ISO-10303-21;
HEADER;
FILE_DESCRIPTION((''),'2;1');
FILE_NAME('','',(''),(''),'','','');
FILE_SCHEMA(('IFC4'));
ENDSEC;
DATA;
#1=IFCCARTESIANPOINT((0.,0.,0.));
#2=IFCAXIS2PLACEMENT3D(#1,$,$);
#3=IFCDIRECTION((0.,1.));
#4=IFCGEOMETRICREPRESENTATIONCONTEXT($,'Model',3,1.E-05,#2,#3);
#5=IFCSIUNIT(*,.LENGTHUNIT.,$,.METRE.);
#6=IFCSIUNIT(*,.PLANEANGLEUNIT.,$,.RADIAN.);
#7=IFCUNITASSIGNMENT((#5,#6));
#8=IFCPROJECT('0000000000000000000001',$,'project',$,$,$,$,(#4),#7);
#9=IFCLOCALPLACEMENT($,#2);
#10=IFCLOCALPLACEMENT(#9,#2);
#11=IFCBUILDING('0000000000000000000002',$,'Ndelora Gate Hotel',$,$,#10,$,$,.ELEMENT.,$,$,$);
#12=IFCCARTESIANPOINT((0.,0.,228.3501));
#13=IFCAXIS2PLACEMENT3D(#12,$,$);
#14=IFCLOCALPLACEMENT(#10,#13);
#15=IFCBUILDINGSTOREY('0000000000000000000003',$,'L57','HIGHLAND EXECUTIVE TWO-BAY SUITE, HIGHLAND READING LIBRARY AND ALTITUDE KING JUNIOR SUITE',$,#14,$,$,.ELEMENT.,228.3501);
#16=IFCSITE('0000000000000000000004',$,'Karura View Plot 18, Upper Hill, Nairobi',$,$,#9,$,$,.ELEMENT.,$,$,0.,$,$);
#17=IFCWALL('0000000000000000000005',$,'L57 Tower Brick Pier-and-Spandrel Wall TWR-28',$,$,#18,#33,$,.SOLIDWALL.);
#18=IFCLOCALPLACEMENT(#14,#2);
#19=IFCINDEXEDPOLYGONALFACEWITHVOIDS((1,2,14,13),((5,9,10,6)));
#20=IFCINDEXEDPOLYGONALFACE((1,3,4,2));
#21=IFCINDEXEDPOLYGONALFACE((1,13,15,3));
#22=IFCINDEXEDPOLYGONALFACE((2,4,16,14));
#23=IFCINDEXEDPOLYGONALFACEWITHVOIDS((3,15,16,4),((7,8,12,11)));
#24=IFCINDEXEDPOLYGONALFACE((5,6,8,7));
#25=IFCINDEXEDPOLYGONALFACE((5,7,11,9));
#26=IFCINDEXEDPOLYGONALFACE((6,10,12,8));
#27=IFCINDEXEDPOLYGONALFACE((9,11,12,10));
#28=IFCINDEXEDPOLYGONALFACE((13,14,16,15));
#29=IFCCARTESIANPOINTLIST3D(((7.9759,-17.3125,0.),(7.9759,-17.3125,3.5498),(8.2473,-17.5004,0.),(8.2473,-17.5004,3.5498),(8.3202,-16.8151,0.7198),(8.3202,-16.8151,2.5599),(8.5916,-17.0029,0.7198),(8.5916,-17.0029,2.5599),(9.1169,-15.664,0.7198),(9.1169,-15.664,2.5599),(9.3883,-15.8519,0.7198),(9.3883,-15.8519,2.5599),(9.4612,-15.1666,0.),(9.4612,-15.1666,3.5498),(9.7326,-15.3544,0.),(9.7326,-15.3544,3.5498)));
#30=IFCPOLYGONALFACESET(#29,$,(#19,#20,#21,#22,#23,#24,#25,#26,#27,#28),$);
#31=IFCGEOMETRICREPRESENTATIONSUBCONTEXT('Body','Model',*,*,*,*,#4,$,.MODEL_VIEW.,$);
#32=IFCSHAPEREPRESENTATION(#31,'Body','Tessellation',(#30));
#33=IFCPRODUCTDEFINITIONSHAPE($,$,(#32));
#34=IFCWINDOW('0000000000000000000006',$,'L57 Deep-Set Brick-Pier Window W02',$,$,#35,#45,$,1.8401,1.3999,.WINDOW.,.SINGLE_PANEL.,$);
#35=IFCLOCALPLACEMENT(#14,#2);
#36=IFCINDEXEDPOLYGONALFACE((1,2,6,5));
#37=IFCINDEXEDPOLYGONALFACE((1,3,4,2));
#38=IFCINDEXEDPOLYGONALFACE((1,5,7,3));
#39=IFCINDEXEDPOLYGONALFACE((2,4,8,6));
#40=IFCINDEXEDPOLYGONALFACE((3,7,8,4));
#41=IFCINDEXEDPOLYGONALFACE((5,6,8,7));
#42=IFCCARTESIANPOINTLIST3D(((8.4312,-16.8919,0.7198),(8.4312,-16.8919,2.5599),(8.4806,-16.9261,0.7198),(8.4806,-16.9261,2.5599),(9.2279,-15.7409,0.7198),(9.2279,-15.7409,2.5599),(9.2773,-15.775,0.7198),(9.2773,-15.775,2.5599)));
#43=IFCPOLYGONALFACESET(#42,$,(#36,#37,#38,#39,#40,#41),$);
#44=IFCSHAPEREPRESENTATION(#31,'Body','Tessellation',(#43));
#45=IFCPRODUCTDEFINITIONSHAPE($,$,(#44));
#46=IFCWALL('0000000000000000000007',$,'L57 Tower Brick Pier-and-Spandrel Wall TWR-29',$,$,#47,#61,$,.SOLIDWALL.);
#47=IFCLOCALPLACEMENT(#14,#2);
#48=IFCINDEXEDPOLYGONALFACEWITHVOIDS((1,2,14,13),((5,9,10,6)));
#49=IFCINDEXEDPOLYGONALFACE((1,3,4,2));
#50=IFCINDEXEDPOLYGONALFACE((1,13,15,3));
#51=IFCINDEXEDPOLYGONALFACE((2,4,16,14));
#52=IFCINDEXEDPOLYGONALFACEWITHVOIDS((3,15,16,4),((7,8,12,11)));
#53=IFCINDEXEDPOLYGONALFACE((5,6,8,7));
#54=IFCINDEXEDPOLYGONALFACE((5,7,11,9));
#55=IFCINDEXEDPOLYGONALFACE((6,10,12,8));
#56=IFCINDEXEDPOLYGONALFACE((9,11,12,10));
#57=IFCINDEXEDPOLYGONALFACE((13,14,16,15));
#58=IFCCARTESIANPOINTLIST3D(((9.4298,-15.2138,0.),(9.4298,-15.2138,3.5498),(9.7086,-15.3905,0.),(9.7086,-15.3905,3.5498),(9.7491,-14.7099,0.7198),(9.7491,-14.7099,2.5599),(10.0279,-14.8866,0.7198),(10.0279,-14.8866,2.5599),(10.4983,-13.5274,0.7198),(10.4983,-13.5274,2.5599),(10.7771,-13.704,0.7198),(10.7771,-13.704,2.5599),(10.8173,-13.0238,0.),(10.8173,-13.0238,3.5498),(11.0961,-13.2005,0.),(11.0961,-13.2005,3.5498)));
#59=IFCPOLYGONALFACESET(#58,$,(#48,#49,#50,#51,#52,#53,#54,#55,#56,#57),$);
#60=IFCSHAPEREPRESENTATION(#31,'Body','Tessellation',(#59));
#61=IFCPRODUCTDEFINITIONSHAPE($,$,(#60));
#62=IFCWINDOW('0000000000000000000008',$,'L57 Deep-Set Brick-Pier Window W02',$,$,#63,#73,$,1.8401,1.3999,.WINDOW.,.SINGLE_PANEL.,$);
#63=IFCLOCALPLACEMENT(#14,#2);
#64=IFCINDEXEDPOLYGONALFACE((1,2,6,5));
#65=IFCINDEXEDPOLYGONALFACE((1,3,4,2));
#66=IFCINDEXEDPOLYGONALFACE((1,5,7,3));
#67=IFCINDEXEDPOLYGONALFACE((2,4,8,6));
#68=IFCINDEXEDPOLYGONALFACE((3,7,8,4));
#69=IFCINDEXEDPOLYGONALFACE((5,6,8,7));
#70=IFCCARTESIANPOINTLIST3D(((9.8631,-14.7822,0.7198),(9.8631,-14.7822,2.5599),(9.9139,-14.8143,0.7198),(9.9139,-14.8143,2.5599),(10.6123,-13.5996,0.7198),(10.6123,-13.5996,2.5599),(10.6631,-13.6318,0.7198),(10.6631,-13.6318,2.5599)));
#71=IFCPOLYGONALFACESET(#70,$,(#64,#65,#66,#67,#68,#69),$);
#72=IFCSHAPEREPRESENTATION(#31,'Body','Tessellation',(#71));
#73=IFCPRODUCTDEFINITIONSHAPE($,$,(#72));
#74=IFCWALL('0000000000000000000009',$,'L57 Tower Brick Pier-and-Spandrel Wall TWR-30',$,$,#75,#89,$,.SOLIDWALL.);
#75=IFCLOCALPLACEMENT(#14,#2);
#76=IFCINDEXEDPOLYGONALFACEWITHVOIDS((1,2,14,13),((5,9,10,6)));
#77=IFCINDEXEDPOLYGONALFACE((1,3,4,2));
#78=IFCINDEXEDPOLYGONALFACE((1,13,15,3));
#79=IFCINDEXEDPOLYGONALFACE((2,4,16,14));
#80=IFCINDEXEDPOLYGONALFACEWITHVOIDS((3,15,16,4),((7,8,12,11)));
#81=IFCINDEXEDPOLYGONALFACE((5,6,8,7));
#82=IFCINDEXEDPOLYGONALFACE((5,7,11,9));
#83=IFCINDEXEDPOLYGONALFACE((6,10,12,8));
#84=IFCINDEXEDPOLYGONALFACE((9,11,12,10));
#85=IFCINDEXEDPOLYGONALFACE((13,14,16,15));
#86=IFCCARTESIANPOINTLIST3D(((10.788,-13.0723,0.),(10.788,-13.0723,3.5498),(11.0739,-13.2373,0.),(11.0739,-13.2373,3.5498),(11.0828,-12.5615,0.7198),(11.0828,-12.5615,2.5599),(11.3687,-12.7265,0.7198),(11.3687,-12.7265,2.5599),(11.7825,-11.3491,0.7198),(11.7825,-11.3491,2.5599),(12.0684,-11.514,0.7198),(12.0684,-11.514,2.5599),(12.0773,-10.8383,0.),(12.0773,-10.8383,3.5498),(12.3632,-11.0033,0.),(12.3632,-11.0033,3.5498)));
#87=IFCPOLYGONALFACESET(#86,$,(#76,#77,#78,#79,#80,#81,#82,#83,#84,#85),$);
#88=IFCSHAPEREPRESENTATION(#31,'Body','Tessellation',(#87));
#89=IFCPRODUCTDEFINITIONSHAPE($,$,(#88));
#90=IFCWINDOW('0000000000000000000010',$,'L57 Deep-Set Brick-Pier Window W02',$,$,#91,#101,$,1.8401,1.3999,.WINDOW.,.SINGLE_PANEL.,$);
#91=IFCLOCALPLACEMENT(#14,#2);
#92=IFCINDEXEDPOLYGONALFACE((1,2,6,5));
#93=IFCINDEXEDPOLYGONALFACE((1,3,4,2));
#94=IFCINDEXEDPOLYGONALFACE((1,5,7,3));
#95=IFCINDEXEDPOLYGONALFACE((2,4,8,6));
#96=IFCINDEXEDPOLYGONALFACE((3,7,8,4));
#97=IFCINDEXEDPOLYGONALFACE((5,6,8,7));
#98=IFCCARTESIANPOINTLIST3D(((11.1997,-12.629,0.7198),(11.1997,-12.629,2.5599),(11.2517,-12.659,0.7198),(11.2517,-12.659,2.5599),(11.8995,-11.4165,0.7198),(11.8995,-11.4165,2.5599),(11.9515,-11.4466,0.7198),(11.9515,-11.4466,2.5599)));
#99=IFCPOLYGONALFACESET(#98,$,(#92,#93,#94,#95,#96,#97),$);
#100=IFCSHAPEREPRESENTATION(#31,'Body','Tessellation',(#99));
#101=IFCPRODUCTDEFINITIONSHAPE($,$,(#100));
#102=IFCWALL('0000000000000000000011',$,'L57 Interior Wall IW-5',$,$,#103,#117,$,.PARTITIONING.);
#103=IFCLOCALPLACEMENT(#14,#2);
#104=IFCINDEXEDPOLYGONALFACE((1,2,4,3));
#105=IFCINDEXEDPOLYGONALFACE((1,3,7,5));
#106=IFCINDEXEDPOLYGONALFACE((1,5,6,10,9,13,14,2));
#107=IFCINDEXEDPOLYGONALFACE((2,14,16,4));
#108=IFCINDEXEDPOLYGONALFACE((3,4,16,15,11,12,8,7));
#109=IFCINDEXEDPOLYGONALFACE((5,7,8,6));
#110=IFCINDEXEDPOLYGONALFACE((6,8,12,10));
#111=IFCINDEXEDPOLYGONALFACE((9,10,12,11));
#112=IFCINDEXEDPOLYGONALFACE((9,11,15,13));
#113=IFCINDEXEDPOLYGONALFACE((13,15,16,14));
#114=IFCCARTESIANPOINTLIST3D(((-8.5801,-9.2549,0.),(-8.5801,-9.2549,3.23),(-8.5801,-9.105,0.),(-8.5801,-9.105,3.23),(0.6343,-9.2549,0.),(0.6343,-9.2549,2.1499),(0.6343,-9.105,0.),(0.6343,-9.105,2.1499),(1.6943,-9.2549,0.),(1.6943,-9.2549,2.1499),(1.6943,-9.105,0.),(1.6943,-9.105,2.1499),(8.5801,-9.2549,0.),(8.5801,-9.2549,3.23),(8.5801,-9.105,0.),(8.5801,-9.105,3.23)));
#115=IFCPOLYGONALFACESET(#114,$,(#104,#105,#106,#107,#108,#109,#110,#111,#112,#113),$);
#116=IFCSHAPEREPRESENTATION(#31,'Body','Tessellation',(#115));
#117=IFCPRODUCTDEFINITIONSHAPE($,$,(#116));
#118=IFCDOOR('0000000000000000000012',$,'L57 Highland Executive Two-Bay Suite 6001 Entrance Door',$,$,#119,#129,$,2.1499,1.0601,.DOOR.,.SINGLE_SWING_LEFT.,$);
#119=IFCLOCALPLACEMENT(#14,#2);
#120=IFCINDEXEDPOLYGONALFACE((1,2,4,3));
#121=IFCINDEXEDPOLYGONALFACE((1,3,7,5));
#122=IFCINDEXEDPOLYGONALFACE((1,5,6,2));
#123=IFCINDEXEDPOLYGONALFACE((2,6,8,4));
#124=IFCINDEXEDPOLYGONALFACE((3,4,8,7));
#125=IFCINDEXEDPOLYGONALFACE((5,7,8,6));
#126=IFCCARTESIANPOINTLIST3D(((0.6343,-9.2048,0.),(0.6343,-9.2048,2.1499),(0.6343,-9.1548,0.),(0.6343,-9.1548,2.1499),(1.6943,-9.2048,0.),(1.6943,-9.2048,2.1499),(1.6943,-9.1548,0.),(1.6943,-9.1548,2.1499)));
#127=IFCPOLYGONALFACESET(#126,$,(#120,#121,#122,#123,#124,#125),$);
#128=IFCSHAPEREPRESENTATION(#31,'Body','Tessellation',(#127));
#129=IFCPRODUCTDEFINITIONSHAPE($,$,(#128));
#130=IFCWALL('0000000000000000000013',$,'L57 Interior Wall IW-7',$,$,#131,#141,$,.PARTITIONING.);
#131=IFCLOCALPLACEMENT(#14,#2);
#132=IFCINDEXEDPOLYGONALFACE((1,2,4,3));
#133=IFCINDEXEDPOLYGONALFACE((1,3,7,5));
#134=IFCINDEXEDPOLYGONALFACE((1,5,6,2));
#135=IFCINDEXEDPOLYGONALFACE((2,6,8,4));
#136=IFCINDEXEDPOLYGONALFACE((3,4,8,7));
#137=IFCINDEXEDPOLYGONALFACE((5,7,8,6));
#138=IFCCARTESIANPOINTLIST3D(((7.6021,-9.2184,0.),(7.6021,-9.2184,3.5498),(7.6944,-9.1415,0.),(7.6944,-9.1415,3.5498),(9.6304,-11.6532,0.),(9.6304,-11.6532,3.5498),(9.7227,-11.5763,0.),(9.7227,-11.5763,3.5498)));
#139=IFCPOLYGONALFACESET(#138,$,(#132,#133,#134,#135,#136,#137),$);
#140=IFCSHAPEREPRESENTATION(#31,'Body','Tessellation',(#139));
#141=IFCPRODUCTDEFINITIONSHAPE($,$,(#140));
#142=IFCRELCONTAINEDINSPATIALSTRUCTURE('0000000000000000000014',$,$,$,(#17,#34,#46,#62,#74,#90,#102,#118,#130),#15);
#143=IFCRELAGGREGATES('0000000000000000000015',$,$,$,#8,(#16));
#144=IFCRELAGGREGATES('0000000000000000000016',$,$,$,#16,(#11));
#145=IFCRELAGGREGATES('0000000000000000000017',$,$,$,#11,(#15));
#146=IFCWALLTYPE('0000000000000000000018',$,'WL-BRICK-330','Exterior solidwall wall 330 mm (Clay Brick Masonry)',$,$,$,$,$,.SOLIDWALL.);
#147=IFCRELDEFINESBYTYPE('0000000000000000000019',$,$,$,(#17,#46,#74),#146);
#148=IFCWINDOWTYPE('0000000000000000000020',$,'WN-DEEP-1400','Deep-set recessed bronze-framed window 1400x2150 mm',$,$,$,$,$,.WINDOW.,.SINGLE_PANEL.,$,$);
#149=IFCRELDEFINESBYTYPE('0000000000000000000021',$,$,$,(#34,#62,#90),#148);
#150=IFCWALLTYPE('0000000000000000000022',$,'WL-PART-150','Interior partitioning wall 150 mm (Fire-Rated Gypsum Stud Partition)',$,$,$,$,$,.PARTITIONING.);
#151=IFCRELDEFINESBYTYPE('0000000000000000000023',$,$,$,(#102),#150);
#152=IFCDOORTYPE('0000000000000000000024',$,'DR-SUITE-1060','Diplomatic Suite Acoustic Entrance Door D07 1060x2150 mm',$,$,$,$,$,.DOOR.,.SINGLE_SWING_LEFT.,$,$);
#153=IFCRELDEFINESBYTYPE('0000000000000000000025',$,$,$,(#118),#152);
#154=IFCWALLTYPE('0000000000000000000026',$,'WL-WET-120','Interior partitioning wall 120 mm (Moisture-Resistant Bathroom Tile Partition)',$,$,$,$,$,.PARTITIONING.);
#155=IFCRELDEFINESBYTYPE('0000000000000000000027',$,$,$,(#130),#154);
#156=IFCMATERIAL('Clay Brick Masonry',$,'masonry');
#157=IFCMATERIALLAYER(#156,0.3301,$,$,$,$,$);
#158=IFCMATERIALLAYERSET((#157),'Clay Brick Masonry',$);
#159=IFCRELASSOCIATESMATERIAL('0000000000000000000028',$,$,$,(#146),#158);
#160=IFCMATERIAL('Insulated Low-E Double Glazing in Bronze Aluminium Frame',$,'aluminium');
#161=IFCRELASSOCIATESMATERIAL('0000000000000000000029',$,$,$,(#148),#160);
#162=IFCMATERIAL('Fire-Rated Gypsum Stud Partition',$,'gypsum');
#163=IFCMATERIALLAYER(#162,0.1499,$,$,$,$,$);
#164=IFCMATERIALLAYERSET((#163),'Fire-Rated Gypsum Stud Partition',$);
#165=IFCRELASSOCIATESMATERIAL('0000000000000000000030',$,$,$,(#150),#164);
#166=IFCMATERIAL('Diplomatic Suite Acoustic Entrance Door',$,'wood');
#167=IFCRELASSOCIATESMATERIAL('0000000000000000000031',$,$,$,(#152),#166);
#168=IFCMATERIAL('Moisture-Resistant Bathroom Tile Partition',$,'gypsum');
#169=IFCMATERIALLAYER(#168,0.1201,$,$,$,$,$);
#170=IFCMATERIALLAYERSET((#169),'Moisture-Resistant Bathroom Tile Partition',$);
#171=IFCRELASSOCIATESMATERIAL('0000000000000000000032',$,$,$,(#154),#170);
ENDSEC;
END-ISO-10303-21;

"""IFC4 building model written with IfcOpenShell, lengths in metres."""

from ifc_helpers import new_model, si_unit, direction, frame, frame_2d, origin, place, context, subcontext, project, spatial, rectangle, extrude, material, layer, layer_set, type_object, element, fill, save


model = new_model("IFC4")

# Units and contexts
model_context = context("Model", 3, precision=1e-05, world=origin(), true_north=direction((0.0, 1.0)))
body_context = subcontext(model_context, "Body", "Model", "MODEL_VIEW")
ifc_project = project(units=[si_unit("LENGTHUNIT", "METRE"), si_unit("PLANEANGLEUNIT", "RADIAN")], contexts=[model_context])

# Site, building, storey
site_placement = place(None, origin())
site = spatial("IfcSite", under=ifc_project, at=site_placement, Name="Karura View Plot 18, Upper Hill, Nairobi", CompositionType="ELEMENT", RefElevation=0.0)
building_placement = place(site_placement, origin())
building = spatial("IfcBuilding", under=site, at=building_placement, Name="Ndelora Gate Hotel", CompositionType="ELEMENT")
storey_placement = place(building_placement, frame((0.0, 0.0, 228.3501)))
storey = spatial("IfcBuildingStorey", under=building, at=storey_placement, Name="L57", Description="HIGHLAND EXECUTIVE TWO-BAY SUITE, HIGHLAND READING LIBRARY AND ALTITUDE KING JUNIOR SUITE", CompositionType="ELEMENT", Elevation=228.3501)

# Shared definitions
ifc_material_1 = material(Name="Clay Brick Masonry", Category="masonry")
ifc_layer_1 = layer(ifc_material_1, 0.3301)
ifc_layer_set_1 = layer_set([ifc_layer_1], Name="Clay Brick Masonry")
wall_type_1 = type_object("IfcWallType", Name="WL-BRICK-330", Description="Exterior solidwall wall 330 mm (Clay Brick Masonry)", PredefinedType="SOLIDWALL", material=ifc_layer_set_1)

# Walls, openings, windows
ifc_material_2 = material(Name="Insulated Low-E Double Glazing in Bronze Aluminium Frame", Category="aluminium")
window_type = type_object("IfcWindowType", Name="WN-DEEP-1400", Description="Deep-set recessed bronze-framed window 1400x2150 mm", PartitioningType="SINGLE_PANEL", PredefinedType="WINDOW", material=ifc_material_2)
wall_1_placement = place(storey_placement, frame((9.5969, -15.2605, 0.0), z_axis=(0.0, 0.0, 1.0), x_axis=(-0.569122, -0.822253, 0.0)))
wall_1 = element("IfcWall", 1, at=wall_1_placement, inside=storey, type_object=wall_type_1, Name="L57 Tower Brick Pier-and-Spandrel Wall TWR-28", PredefinedType="SOLIDWALL", context=body_context, shape_type="SweptSolid", body=[
    extrude(rectangle(XDim=2.6099, YDim=0.3301, at=frame_2d((1.3049, 0.0))), origin(), (0.0, 0.0, 1.0), 3.5498),
])
opening_1_placement = place(wall_1_placement, frame((0.605, 0.0, 0.72)))
opening_1 = element("IfcOpeningElement", 2, at=opening_1_placement, cuts=wall_1, PredefinedType="OPENING", context=body_context, shape_type="SweptSolid", body=[
    extrude(rectangle(XDim=1.3999, YDim=1.8401, at=frame_2d((0.7, 0.9199))), frame((0.0, 0.175, 0.0), z_axis=(0.0, -1.0, 0.0), x_axis=(1.0, 0.0, 0.0)), (0.0, 0.0, 1.0), 0.3501),
])
window_1_placement = place(opening_1_placement, origin())
window_1 = element("IfcWindow", 3, at=window_1_placement, inside=storey, type_object=window_type, Name="L57 Deep-Set Brick-Pier Window W02", OverallHeight=1.8401, OverallWidth=1.3999, PartitioningType="SINGLE_PANEL", PredefinedType="WINDOW", context=body_context, shape_type="SweptSolid", body=[
    extrude(rectangle(XDim=1.3999, YDim=1.8401, at=frame_2d((0.7, 0.9199))), frame((0.0, 0.03, 0.0), z_axis=(0.0, -1.0, 0.0), x_axis=(1.0, 0.0, 0.0)), (0.0, 0.0, 1.0), 0.0601),
])
fill(opening_1, window_1)
wall_2_placement = place(storey_placement, frame((10.9568, -13.1121, 0.0), z_axis=(0.0, 0.0, 1.0), x_axis=(-0.535187, -0.844734, 0.0)))
wall_2 = element("IfcWall", 4, at=wall_2_placement, inside=storey, type_object=wall_type_1, Name="L57 Tower Brick Pier-and-Spandrel Wall TWR-29", PredefinedType="SOLIDWALL", context=body_context, shape_type="SweptSolid", body=[
    extrude(rectangle(XDim=2.5925, YDim=0.3301, at=frame_2d((1.2964, 0.0))), origin(), (0.0, 0.0, 1.0), 3.5498),
])
opening_2_placement = place(wall_2_placement, frame((0.5962, 0.0, 0.72)))
opening_2 = element("IfcOpeningElement", 5, at=opening_2_placement, cuts=wall_2, PredefinedType="OPENING", context=body_context, shape_type="SweptSolid", body=[
    extrude(rectangle(XDim=1.3999, YDim=1.8401, at=frame_2d((0.7, 0.9199))), frame((0.0, 0.175, 0.0), z_axis=(0.0, -1.0, 0.0), x_axis=(1.0, 0.0, 0.0)), (0.0, 0.0, 1.0), 0.3501),
])
window_2_placement = place(opening_2_placement, origin())
window_2 = element("IfcWindow", 6, at=window_2_placement, inside=storey, type_object=window_type, Name="L57 Deep-Set Brick-Pier Window W02", OverallHeight=1.8401, OverallWidth=1.3999, PartitioningType="SINGLE_PANEL", PredefinedType="WINDOW", context=body_context, shape_type="SweptSolid", body=[
    extrude(rectangle(XDim=1.3999, YDim=1.8401, at=frame_2d((0.7, 0.9199))), frame((0.0, 0.03, 0.0), z_axis=(0.0, -1.0, 0.0), x_axis=(1.0, 0.0, 0.0)), (0.0, 0.0, 1.0), 0.0601),
])
fill(opening_2, window_2)
wall_3_placement = place(storey_placement, frame((12.2202, -10.9209, 0.0), z_axis=(0.0, 0.0, 1.0), x_axis=(-0.499875, -0.866097, 0.0)))
wall_3 = element("IfcWall", 7, at=wall_3_placement, inside=storey, type_object=wall_type_1, Name="L57 Tower Brick Pier-and-Spandrel Wall TWR-30", PredefinedType="SOLIDWALL", context=body_context, shape_type="SweptSolid", body=[
    extrude(rectangle(XDim=2.5793, YDim=0.3301, at=frame_2d((1.2896, 0.0))), origin(), (0.0, 0.0, 1.0), 3.5498),
])
opening_3_placement = place(wall_3_placement, frame((0.5896, 0.0, 0.72)))
opening_3 = element("IfcOpeningElement", 8, at=opening_3_placement, cuts=wall_3, PredefinedType="OPENING", context=body_context, shape_type="SweptSolid", body=[
    extrude(rectangle(XDim=1.3999, YDim=1.8401, at=frame_2d((0.7, 0.9199))), frame((0.0, 0.175, 0.0), z_axis=(0.0, -1.0, 0.0), x_axis=(1.0, 0.0, 0.0)), (0.0, 0.0, 1.0), 0.3501),
])
window_3_placement = place(opening_3_placement, origin())
window_3 = element("IfcWindow", 9, at=window_3_placement, inside=storey, type_object=window_type, Name="L57 Deep-Set Brick-Pier Window W02", OverallHeight=1.8401, OverallWidth=1.3999, PartitioningType="SINGLE_PANEL", PredefinedType="WINDOW", context=body_context, shape_type="SweptSolid", body=[
    extrude(rectangle(XDim=1.3999, YDim=1.8401, at=frame_2d((0.7, 0.9199))), frame((0.0, 0.03, 0.0), z_axis=(0.0, -1.0, 0.0), x_axis=(1.0, 0.0, 0.0)), (0.0, 0.0, 1.0), 0.0601),
])
fill(opening_3, window_3)

# Wall, opening, door
ifc_material_3 = material(Name="Fire-Rated Gypsum Stud Partition", Category="gypsum")
ifc_layer_2 = layer(ifc_material_3, 0.1499)
ifc_layer_set_2 = layer_set([ifc_layer_2], Name="Fire-Rated Gypsum Stud Partition")
wall_type_2 = type_object("IfcWallType", Name="WL-PART-150", Description="Interior partitioning wall 150 mm (Fire-Rated Gypsum Stud Partition)", PredefinedType="PARTITIONING", material=ifc_layer_set_2)
wall_4_placement = place(storey_placement, frame((8.5801, -9.1799, 0.0), z_axis=(0.0, 0.0, 1.0), x_axis=(-1.0, 0.0, 0.0)))
wall_4 = element("IfcWall", 10, at=wall_4_placement, inside=storey, type_object=wall_type_2, Name="L57 Interior Wall IW-5", PredefinedType="PARTITIONING", context=body_context, shape_type="SweptSolid", body=[
    extrude(rectangle(XDim=17.1602, YDim=0.1499, at=frame_2d((8.5801, 0.0))), origin(), (0.0, 0.0, 1.0), 3.23),
])
opening_4_placement = place(wall_4_placement, frame((6.8857, 0.0, 0.0)))
opening_4 = element("IfcOpeningElement", 11, at=opening_4_placement, cuts=wall_4, PredefinedType="OPENING", context=body_context, shape_type="SweptSolid", body=[
    extrude(rectangle(XDim=1.0601, YDim=2.1499, at=frame_2d((0.53, 1.075))), frame((0.0, 0.085, 0.0), z_axis=(0.0, -1.0, 0.0), x_axis=(1.0, 0.0, 0.0)), (0.0, 0.0, 1.0), 0.1699),
])
ifc_material_4 = material(Name="Diplomatic Suite Acoustic Entrance Door", Category="wood")
door_type_1 = type_object("IfcDoorType", Name="DR-SUITE-1060", Description="Diplomatic Suite Acoustic Entrance Door D07 1060x2150 mm", OperationType="SINGLE_SWING_LEFT", PredefinedType="DOOR", material=ifc_material_4)
door_1_placement = place(opening_4_placement, origin())
door_1 = element("IfcDoor", 12, at=door_1_placement, inside=storey, type_object=door_type_1, Name="L57 Highland Executive Two-Bay Suite 6001 Entrance Door", OperationType="SINGLE_SWING_LEFT", OverallHeight=2.1499, OverallWidth=1.0601, PredefinedType="DOOR", context=body_context, shape_type="SweptSolid", body=[
    extrude(rectangle(XDim=1.0601, YDim=2.1499, at=frame_2d((0.53, 1.075))), frame((0.0, 0.0249, 0.0), z_axis=(0.0, -1.0, 0.0), x_axis=(1.0, 0.0, 0.0)), (0.0, 0.0, 1.0), 0.05),
])
fill(opening_4, door_1)

# Wall
ifc_material_5 = material(Name="Moisture-Resistant Bathroom Tile Partition", Category="gypsum")
ifc_layer_3 = layer(ifc_material_5, 0.1201)
ifc_layer_set_3 = layer_set([ifc_layer_3], Name="Moisture-Resistant Bathroom Tile Partition")
wall_type_3 = type_object("IfcWallType", Name="WL-WET-120", Description="Interior partitioning wall 120 mm (Moisture-Resistant Bathroom Tile Partition)", PredefinedType="PARTITIONING", material=ifc_layer_set_3)
wall_5_placement = place(storey_placement, frame((9.6765, -11.6147, 0.0), z_axis=(0.0, 0.0, 1.0), x_axis=(-0.640056, 0.768329, 0.0)))
element("IfcWall", 13, at=wall_5_placement, inside=storey, type_object=wall_type_3, Name="L57 Interior Wall IW-7", PredefinedType="PARTITIONING", context=body_context, shape_type="SweptSolid", body=[
    extrude(rectangle(XDim=3.1689, YDim=0.1201, at=frame_2d((1.5845, 0.0))), origin(), (0.0, 0.0, 1.0), 3.5498),
])

save(model, "model.ifc")
